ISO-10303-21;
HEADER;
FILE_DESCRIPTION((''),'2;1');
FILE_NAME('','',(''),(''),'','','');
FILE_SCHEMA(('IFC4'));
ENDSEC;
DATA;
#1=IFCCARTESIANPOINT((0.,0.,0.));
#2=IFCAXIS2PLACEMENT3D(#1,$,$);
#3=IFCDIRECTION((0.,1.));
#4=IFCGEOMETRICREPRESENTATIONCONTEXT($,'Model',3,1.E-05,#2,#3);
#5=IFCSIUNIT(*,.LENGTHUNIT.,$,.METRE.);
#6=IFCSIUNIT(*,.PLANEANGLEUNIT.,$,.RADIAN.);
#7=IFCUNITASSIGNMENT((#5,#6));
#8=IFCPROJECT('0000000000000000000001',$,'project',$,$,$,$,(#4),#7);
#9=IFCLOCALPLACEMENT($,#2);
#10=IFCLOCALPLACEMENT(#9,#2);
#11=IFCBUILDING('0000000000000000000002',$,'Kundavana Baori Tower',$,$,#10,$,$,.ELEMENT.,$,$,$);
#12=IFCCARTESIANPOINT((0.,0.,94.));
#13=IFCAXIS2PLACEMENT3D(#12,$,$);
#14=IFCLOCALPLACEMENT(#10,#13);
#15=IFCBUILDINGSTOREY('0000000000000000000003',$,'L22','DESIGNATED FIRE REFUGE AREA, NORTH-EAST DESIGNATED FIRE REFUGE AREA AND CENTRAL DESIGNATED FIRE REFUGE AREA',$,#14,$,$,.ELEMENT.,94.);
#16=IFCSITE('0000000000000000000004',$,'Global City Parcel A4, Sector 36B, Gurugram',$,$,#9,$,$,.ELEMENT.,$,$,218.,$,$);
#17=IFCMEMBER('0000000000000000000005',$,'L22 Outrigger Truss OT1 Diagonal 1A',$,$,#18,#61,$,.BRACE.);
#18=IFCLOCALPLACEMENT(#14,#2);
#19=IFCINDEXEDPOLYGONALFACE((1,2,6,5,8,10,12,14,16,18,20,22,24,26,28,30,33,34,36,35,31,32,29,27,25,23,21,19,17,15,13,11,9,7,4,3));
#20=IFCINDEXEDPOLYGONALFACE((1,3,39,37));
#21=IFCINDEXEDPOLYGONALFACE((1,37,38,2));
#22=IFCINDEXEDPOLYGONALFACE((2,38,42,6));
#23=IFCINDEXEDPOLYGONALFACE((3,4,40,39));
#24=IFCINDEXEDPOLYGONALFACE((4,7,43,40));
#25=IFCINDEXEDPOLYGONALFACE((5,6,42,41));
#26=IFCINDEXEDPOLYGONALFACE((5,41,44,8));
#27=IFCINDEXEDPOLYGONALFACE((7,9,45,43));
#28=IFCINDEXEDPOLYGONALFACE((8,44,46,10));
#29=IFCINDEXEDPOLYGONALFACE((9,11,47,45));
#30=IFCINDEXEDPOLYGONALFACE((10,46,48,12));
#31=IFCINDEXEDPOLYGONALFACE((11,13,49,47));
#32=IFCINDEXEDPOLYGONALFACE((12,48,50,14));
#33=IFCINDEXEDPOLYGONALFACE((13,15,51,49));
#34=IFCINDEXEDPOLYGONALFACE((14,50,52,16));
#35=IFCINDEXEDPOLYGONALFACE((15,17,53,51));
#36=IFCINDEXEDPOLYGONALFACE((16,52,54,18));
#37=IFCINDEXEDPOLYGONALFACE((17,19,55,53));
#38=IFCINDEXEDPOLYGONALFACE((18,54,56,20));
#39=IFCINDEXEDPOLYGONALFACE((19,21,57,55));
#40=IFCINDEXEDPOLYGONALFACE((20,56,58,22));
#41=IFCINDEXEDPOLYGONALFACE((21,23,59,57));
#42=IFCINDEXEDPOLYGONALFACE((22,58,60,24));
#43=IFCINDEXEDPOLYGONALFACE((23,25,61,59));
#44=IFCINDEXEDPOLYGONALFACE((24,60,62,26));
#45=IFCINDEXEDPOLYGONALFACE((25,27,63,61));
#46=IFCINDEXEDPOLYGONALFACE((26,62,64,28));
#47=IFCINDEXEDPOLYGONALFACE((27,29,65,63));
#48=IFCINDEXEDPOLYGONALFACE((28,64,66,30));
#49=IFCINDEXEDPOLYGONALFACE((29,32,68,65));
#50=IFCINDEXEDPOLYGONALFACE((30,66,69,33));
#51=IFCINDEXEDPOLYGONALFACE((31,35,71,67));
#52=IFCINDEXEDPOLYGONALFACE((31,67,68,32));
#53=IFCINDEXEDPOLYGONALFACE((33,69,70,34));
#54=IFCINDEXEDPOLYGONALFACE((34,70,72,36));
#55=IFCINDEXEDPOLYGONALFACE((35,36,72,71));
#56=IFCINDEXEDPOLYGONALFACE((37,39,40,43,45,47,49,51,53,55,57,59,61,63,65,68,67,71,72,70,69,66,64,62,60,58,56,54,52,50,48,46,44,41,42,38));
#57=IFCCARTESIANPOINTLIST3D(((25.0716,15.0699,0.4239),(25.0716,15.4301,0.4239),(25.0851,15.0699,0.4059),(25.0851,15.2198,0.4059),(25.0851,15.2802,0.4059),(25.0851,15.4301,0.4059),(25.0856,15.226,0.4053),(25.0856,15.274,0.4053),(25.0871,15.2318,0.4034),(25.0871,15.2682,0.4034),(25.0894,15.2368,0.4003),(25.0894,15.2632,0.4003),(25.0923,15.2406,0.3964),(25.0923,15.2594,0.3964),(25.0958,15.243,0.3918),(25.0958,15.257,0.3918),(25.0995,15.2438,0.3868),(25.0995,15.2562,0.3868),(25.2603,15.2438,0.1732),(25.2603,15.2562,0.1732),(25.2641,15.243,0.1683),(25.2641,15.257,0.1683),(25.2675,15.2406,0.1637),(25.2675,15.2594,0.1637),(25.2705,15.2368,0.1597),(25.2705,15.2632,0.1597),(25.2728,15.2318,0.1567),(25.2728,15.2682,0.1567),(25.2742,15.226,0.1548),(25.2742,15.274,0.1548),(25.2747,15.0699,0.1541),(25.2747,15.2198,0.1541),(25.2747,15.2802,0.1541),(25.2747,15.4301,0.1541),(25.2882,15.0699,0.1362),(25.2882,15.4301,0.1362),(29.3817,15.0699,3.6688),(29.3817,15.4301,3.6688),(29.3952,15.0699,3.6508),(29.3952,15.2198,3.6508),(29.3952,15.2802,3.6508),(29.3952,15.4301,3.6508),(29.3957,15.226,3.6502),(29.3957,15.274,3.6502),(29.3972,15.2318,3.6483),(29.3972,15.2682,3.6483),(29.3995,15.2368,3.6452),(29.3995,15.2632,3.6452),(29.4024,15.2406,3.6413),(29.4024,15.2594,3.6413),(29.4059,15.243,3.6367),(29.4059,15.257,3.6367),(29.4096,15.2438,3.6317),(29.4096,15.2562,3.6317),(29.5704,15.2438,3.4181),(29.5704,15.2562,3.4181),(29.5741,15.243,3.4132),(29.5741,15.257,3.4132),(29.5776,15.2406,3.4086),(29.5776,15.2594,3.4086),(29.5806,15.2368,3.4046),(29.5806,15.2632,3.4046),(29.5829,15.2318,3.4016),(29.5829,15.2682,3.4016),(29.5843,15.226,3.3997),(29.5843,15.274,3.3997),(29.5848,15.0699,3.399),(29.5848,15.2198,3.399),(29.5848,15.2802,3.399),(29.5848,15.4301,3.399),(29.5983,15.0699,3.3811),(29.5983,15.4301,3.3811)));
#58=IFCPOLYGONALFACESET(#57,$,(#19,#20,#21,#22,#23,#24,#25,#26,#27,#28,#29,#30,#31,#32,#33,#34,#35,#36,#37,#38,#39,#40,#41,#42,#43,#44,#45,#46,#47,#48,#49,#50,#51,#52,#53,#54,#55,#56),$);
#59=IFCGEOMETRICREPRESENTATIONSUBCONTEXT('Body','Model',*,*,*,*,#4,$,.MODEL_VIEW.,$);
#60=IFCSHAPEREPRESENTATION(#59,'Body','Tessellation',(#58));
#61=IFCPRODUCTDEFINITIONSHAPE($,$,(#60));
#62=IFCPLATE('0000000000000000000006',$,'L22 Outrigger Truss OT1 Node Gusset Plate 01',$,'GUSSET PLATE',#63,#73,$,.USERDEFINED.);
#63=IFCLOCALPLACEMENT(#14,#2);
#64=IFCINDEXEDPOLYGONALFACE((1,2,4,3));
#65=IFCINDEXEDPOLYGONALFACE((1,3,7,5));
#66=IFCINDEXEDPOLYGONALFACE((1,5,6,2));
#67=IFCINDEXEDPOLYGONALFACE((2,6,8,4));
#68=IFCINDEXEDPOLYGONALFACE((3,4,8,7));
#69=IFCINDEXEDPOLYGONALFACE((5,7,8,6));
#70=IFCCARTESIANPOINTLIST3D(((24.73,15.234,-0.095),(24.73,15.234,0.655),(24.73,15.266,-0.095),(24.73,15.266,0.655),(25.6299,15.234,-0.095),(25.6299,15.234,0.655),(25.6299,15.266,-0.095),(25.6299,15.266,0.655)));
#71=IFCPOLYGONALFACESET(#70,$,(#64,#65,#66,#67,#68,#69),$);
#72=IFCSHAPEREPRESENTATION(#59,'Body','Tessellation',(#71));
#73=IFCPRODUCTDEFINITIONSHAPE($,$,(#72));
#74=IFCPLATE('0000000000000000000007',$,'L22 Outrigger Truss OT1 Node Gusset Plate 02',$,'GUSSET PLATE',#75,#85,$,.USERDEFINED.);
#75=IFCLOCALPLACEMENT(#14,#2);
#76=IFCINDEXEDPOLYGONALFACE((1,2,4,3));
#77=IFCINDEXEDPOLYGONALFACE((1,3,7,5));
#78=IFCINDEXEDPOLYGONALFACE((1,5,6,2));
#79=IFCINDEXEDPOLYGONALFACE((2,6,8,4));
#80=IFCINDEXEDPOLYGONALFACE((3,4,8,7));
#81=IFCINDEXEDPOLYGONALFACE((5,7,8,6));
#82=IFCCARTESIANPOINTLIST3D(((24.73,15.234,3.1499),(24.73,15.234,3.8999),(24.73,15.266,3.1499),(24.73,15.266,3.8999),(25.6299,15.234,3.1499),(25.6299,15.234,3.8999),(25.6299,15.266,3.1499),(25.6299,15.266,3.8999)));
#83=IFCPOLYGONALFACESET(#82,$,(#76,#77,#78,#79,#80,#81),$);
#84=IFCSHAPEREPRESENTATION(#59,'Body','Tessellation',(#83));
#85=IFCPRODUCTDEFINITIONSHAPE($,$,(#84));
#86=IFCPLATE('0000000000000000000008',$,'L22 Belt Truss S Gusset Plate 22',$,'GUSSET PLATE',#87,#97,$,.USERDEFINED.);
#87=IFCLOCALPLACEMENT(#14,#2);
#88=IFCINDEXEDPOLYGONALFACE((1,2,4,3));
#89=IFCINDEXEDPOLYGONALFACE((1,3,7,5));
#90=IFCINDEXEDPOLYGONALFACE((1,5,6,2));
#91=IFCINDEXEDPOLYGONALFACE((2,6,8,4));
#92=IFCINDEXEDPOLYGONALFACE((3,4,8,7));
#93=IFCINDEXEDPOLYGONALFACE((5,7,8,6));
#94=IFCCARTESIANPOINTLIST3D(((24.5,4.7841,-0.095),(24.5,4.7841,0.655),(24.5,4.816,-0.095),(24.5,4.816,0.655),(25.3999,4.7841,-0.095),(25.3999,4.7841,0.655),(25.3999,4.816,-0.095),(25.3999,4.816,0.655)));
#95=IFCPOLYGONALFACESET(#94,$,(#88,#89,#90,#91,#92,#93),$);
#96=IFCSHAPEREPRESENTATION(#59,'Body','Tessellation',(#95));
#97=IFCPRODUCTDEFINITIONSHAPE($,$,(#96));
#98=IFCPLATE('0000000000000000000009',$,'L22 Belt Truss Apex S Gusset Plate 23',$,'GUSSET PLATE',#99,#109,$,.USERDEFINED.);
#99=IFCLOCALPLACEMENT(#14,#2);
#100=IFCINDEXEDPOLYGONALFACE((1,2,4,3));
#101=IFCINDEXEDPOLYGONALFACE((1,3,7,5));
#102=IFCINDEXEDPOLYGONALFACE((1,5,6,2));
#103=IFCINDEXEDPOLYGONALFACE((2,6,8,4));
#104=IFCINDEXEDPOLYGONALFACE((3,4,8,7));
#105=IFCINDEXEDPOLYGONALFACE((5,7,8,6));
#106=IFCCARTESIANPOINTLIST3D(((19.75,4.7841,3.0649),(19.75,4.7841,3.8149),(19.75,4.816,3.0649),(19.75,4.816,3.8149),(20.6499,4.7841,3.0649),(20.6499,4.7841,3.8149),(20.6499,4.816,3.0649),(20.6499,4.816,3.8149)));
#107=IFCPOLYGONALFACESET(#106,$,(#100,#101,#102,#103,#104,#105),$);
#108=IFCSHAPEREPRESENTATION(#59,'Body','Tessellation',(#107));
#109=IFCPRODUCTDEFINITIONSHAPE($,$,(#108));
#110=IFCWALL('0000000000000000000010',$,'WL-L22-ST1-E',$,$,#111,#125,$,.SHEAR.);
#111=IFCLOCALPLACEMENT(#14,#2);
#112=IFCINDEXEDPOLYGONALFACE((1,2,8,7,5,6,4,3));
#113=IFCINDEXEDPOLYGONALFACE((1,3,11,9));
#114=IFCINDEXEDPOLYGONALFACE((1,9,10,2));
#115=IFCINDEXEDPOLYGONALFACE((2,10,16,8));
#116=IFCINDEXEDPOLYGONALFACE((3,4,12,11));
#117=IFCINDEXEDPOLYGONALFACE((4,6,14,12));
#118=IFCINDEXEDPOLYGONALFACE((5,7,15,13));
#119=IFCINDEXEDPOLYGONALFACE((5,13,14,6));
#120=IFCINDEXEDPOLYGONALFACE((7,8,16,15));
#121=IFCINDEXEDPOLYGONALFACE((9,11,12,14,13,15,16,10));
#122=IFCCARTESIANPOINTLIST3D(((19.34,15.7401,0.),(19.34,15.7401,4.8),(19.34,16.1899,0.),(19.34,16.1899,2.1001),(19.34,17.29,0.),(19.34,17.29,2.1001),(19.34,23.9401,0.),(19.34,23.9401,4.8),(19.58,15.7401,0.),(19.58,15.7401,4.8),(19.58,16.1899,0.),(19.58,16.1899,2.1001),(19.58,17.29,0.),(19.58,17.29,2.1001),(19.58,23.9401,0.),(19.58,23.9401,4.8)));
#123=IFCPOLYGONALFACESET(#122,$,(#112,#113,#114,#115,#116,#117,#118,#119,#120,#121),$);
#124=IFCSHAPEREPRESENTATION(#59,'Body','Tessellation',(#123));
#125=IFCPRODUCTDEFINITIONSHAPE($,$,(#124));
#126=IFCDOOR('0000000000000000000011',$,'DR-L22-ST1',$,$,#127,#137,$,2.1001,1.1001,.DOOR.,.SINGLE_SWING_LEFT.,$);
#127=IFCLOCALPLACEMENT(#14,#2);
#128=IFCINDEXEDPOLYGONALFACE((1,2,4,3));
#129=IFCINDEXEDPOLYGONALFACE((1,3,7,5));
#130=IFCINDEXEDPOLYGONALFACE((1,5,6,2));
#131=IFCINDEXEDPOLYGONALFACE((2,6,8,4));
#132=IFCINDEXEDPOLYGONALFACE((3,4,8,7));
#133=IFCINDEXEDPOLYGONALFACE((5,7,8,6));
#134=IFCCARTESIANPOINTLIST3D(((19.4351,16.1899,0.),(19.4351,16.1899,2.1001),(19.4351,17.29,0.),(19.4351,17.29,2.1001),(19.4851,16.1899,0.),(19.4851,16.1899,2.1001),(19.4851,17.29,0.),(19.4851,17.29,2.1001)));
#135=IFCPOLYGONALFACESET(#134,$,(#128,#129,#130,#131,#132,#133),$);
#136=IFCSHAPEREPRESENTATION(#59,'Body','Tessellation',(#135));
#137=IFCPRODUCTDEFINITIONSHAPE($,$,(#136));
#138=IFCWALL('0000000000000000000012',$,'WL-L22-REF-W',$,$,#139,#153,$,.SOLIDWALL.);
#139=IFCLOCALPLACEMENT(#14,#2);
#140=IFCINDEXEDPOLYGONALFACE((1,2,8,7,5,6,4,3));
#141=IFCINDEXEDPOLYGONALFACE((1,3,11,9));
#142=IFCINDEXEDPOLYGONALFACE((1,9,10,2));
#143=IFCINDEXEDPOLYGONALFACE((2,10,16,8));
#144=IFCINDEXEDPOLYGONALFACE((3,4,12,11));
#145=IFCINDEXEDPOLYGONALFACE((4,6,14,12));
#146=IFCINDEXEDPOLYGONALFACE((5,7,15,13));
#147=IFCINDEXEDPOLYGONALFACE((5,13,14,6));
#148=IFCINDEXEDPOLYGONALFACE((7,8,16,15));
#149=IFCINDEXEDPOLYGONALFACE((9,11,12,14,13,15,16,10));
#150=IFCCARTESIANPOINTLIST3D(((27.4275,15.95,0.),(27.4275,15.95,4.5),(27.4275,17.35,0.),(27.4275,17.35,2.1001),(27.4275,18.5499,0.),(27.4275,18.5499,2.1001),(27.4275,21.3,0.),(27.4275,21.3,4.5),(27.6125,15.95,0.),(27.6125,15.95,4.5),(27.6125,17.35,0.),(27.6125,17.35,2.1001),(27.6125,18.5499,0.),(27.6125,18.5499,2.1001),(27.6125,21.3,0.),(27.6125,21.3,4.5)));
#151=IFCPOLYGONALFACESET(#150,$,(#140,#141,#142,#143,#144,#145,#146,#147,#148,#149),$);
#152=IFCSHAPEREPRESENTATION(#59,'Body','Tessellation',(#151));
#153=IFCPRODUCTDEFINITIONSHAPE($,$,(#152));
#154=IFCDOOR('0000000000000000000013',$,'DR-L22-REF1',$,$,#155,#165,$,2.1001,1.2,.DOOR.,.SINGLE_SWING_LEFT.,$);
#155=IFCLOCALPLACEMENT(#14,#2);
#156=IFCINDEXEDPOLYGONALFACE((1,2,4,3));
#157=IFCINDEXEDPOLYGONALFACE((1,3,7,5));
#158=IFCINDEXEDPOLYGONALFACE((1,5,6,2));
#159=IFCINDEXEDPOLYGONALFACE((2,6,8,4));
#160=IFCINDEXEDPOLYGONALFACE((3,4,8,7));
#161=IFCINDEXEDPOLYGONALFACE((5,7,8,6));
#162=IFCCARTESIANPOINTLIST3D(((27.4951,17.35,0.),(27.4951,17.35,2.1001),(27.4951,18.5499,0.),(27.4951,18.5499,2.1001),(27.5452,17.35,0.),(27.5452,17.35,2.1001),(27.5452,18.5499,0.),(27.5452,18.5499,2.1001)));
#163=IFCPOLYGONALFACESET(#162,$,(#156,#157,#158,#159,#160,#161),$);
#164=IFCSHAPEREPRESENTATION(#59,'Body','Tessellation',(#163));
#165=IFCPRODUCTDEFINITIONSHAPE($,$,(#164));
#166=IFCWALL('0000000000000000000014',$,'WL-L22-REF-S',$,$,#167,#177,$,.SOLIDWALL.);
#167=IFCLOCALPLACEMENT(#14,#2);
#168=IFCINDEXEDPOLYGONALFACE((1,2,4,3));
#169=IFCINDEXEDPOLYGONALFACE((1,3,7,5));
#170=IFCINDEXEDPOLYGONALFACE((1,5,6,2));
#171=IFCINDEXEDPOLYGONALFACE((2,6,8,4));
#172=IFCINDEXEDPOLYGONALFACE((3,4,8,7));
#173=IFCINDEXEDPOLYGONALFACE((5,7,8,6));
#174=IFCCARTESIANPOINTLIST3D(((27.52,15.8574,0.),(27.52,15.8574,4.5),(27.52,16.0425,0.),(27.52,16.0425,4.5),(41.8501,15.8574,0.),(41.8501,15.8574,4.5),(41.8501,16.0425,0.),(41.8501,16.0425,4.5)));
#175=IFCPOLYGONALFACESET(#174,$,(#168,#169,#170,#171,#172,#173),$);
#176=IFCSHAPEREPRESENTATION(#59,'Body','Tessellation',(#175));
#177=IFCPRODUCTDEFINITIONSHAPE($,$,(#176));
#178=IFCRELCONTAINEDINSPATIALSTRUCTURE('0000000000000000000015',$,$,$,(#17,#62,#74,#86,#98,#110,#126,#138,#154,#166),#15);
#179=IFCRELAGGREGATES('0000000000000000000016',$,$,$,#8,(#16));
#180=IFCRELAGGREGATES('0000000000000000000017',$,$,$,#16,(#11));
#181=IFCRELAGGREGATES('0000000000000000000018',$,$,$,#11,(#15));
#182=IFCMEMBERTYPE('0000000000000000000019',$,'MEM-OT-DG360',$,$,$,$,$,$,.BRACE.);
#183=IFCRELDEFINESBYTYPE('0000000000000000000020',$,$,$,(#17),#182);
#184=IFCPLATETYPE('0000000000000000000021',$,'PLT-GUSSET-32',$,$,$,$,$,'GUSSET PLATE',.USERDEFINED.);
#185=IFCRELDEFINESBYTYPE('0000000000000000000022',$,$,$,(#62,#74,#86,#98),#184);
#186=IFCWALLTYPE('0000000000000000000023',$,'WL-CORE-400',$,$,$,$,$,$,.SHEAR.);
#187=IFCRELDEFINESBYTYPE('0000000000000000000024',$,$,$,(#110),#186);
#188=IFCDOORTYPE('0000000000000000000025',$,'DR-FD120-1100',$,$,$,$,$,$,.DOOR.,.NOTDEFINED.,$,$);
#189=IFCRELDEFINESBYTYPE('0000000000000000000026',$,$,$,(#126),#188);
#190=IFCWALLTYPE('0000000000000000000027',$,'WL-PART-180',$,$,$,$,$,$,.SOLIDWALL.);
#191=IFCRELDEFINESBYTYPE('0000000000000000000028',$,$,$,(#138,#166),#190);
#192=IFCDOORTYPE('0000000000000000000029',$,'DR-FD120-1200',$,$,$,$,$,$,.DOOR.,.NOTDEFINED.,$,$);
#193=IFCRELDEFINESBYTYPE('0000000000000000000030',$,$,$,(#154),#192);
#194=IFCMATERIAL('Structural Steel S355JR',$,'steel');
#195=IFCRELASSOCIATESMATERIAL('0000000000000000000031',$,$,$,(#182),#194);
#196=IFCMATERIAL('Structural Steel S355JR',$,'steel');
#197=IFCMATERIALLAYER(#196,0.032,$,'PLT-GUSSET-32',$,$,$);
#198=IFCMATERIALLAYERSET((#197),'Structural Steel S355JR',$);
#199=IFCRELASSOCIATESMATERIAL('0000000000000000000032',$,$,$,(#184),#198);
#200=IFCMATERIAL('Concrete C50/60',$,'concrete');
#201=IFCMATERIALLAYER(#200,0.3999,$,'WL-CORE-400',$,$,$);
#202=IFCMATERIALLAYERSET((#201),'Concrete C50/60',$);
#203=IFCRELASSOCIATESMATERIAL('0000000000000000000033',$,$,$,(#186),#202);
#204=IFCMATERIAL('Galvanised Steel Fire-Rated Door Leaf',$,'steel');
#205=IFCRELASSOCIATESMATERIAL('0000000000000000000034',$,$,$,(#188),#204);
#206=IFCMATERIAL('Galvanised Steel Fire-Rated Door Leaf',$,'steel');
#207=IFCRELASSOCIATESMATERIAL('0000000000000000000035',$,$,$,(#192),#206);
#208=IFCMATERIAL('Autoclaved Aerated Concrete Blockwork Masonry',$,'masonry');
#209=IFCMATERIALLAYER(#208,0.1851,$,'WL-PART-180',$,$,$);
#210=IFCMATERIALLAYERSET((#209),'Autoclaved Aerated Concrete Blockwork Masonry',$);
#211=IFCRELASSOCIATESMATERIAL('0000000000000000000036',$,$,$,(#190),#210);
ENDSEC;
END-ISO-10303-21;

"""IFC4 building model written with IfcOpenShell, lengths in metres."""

from ifc_helpers import new_model, si_unit, direction, frame, frame_2d, origin, origin_2d, place, context, subcontext, project, spatial, rectangle, i_section, extrude, material, layer, layer_set, material_profile, profile_set, type_object, element, fill, save


model = new_model("IFC4")

# Units and contexts
model_context = context("Model", 3, precision=1e-05, world=origin(), true_north=direction((0.0, 1.0)))
body_context = subcontext(model_context, "Body", "Model", "MODEL_VIEW")
ifc_project = project(units=[si_unit("LENGTHUNIT", "METRE"), si_unit("PLANEANGLEUNIT", "RADIAN")], contexts=[model_context])

# Site, building, storey
site_placement = place(None, origin())
site = spatial("IfcSite", under=ifc_project, at=site_placement, Name="Global City Parcel A4, Sector 36B, Gurugram", CompositionType="ELEMENT", RefElevation=218.0)
building_placement = place(site_placement, origin())
building = spatial("IfcBuilding", under=site, at=building_placement, Name="Kundavana Baori Tower", CompositionType="ELEMENT")
storey_placement = place(building_placement, frame((0.0, 0.0, 94.0)))
storey = spatial("IfcBuildingStorey", under=building, at=storey_placement, Name="L22", Description="DESIGNATED FIRE REFUGE AREA, NORTH-EAST DESIGNATED FIRE REFUGE AREA AND CENTRAL DESIGNATED FIRE REFUGE AREA", CompositionType="ELEMENT", Elevation=94.0)

# Member
ifc_material_1 = material(Name="Structural Steel S355JR", Category="steel")
ifc_material_profile_1 = material_profile(ifc_material_1, i_section(OverallWidth=0.3601, OverallDepth=0.3601, WebThickness=0.0125, FlangeThickness=0.0225, FilletRadius=0.0239, at=origin_2d()), Name="WPB 360x360x142")
ifc_profile_set_1 = profile_set([ifc_material_profile_1], Name="Structural Steel S355JR")
member_type_1 = type_object("IfcMemberType", Name="MEM-OT-DG360", PredefinedType="BRACE", material=ifc_profile_set_1)
member_1_placement = place(storey_placement, frame((25.1799, 15.25, 0.28), z_axis=(0.798902, 0.0, 0.601462), x_axis=(0.0, 1.0, 0.0)))
element("IfcMember", 1, at=member_1_placement, inside=storey, type_object=member_type_1, Name="L22 Outrigger Truss OT1 Diagonal 1A", PredefinedType="BRACE", context=body_context, shape_type="SweptSolid", body=[
    extrude(i_section(OverallWidth=0.3601, OverallDepth=0.3601, WebThickness=0.0125, FlangeThickness=0.0225, FilletRadius=0.0239, at=origin_2d()), origin(), (0.0, 0.0, 1.0), 5.395),
])

# Plates
ifc_material_2 = material(Name="Structural Steel S355JR", Category="steel")
ifc_layer_1 = layer(ifc_material_2, 0.032, Name="PLT-GUSSET-32")
ifc_layer_set_1 = layer_set([ifc_layer_1], Name="Structural Steel S355JR")
plate_type = type_object("IfcPlateType", Name="PLT-GUSSET-32", ElementType="GUSSET PLATE", PredefinedType="USERDEFINED", material=ifc_layer_set_1)
for number, where, z_axis, x_axis, name in (
    (2, (25.1799, 15.25, -0.095), (0.0, 0.0, 1.0), (1.0, 0.0, 0.0), "L22 Outrigger Truss OT1 Node Gusset Plate 01"),
    (3, (25.1799, 15.25, 3.1499), (0.0, 0.0, 1.0), (1.0, 0.0, 0.0), "L22 Outrigger Truss OT1 Node Gusset Plate 02"),
    (4, (24.95, 4.8, -0.095), (0.0, 0.0, 1.0), (1.0, 0.0, 0.0), "L22 Belt Truss S Gusset Plate 22"),
    (5, (20.2, 4.8, 3.0649), (0.0, 0.0, 1.0), (1.0, 0.0, 0.0), "L22 Belt Truss Apex S Gusset Plate 23"),
):
    element("IfcPlate", number, at=place(storey_placement, frame(where, z_axis=z_axis, x_axis=x_axis)), inside=storey, type_object=plate_type, Name=name, ObjectType="GUSSET PLATE", PredefinedType="USERDEFINED", context=body_context, shape_type="SweptSolid", body=[
        extrude(rectangle(XDim=0.8999, YDim=0.032, at=origin_2d()), origin(), (0.0, 0.0, 1.0), 0.75),
    ])

# Wall, opening, door
ifc_material_3 = material(Name="Concrete C50/60", Category="concrete")
ifc_layer_2 = layer(ifc_material_3, 0.3999, Name="WL-CORE-400")
ifc_layer_set_2 = layer_set([ifc_layer_2], Name="Concrete C50/60")
wall_type_1 = type_object("IfcWallType", Name="WL-CORE-400", PredefinedType="SHEAR", material=ifc_layer_set_2)
wall_1_placement = place(storey_placement, frame((19.46, 15.74, 0.0), z_axis=(0.0, 0.0, 1.0), x_axis=(0.0, 1.0, 0.0)))
wall_1 = element("IfcWall", 6, at=wall_1_placement, inside=storey, type_object=wall_type_1, Name="WL-L22-ST1-E", PredefinedType="SHEAR", context=body_context, shape_type="SweptSolid", body=[
    extrude(rectangle(XDim=8.2, YDim=0.24, at=frame_2d((4.1001, 0.0))), origin(), (0.0, 0.0, 1.0), 4.8),
])
opening_1_placement = place(wall_1_placement, frame((0.45, 0.0, 0.0)))
opening_1 = element("IfcOpeningElement", 7, at=opening_1_placement, cuts=wall_1, PredefinedType="OPENING", context=body_context, shape_type="SweptSolid", body=[
    extrude(rectangle(XDim=1.1001, YDim=2.1001, at=frame_2d((0.55, 1.05))), frame((0.0, 0.1299, 0.0), z_axis=(0.0, -1.0, 0.0), x_axis=(1.0, 0.0, 0.0)), (0.0, 0.0, 1.0), 0.26),
])
ifc_material_4 = material(Name="Galvanised Steel Fire-Rated Door Leaf", Category="steel")
door_type_1 = type_object("IfcDoorType", Name="DR-FD120-1100", OperationType="NOTDEFINED", PredefinedType="DOOR", material=ifc_material_4)
door_1_placement = place(opening_1_placement, origin())
door_1 = element("IfcDoor", 8, at=door_1_placement, inside=storey, type_object=door_type_1, Name="DR-L22-ST1", OperationType="SINGLE_SWING_LEFT", OverallHeight=2.1001, OverallWidth=1.1001, PredefinedType="DOOR", context=body_context, shape_type="SweptSolid", body=[
    extrude(rectangle(XDim=1.1001, YDim=2.1001, at=frame_2d((0.55, 1.05))), frame((0.0, 0.0249, 0.0), z_axis=(0.0, -1.0, 0.0), x_axis=(1.0, 0.0, 0.0)), (0.0, 0.0, 1.0), 0.05),
])
fill(opening_1, door_1)

# Shared definitions
ifc_material_5 = material(Name="Galvanised Steel Fire-Rated Door Leaf", Category="steel")
door_type_2 = type_object("IfcDoorType", Name="DR-FD120-1200", OperationType="NOTDEFINED", PredefinedType="DOOR", material=ifc_material_5)

# Wall, opening, door
ifc_material_6 = material(Name="Autoclaved Aerated Concrete Blockwork Masonry", Category="masonry")
ifc_layer_3 = layer(ifc_material_6, 0.1851, Name="WL-PART-180")
ifc_layer_set_3 = layer_set([ifc_layer_3], Name="Autoclaved Aerated Concrete Blockwork Masonry")
wall_type_2 = type_object("IfcWallType", Name="WL-PART-180", PredefinedType="SOLIDWALL", material=ifc_layer_set_3)
wall_2_placement = place(storey_placement, frame((27.52, 15.95, 0.0), z_axis=(0.0, 0.0, 1.0), x_axis=(0.0, 1.0, 0.0)))
wall_2 = element("IfcWall", 9, at=wall_2_placement, inside=storey, type_object=wall_type_2, Name="WL-L22-REF-W", PredefinedType="SOLIDWALL", context=body_context, shape_type="SweptSolid", body=[
    extrude(rectangle(XDim=5.3501, YDim=0.1851, at=frame_2d((2.675, 0.0))), origin(), (0.0, 0.0, 1.0), 4.5),
])
opening_2_placement = place(wall_2_placement, frame((1.3999, 0.0, 0.0)))
opening_2 = element("IfcOpeningElement", 10, at=opening_2_placement, cuts=wall_2, PredefinedType="OPENING", context=body_context, shape_type="SweptSolid", body=[
    extrude(rectangle(XDim=1.2, YDim=2.1001, at=frame_2d((0.6001, 1.05))), frame((0.0, 0.1025, 0.0), z_axis=(0.0, -1.0, 0.0), x_axis=(1.0, 0.0, 0.0)), (0.0, 0.0, 1.0), 0.2051),
])
door_2_placement = place(opening_2_placement, origin())
door_2 = element("IfcDoor", 11, at=door_2_placement, inside=storey, type_object=door_type_2, Name="DR-L22-REF1", OperationType="SINGLE_SWING_LEFT", OverallHeight=2.1001, OverallWidth=1.2, PredefinedType="DOOR", context=body_context, shape_type="SweptSolid", body=[
    extrude(rectangle(XDim=1.2, YDim=2.1001, at=frame_2d((0.6001, 1.05))), frame((0.0, 0.0249, 0.0), z_axis=(0.0, -1.0, 0.0), x_axis=(1.0, 0.0, 0.0)), (0.0, 0.0, 1.0), 0.05),
])
fill(opening_2, door_2)

# Wall
wall_3_placement = place(storey_placement, frame((27.52, 15.95, 0.0), z_axis=(0.0, 0.0, 1.0), x_axis=(1.0, 0.0, 0.0)))
element("IfcWall", 12, at=wall_3_placement, inside=storey, type_object=wall_type_2, Name="WL-L22-REF-S", PredefinedType="SOLIDWALL", context=body_context, shape_type="SweptSolid", body=[
    extrude(rectangle(XDim=14.3301, YDim=0.1851, at=frame_2d((7.165, 0.0))), origin(), (0.0, 0.0, 1.0), 4.5),
])

save(model, "model.ifc")
